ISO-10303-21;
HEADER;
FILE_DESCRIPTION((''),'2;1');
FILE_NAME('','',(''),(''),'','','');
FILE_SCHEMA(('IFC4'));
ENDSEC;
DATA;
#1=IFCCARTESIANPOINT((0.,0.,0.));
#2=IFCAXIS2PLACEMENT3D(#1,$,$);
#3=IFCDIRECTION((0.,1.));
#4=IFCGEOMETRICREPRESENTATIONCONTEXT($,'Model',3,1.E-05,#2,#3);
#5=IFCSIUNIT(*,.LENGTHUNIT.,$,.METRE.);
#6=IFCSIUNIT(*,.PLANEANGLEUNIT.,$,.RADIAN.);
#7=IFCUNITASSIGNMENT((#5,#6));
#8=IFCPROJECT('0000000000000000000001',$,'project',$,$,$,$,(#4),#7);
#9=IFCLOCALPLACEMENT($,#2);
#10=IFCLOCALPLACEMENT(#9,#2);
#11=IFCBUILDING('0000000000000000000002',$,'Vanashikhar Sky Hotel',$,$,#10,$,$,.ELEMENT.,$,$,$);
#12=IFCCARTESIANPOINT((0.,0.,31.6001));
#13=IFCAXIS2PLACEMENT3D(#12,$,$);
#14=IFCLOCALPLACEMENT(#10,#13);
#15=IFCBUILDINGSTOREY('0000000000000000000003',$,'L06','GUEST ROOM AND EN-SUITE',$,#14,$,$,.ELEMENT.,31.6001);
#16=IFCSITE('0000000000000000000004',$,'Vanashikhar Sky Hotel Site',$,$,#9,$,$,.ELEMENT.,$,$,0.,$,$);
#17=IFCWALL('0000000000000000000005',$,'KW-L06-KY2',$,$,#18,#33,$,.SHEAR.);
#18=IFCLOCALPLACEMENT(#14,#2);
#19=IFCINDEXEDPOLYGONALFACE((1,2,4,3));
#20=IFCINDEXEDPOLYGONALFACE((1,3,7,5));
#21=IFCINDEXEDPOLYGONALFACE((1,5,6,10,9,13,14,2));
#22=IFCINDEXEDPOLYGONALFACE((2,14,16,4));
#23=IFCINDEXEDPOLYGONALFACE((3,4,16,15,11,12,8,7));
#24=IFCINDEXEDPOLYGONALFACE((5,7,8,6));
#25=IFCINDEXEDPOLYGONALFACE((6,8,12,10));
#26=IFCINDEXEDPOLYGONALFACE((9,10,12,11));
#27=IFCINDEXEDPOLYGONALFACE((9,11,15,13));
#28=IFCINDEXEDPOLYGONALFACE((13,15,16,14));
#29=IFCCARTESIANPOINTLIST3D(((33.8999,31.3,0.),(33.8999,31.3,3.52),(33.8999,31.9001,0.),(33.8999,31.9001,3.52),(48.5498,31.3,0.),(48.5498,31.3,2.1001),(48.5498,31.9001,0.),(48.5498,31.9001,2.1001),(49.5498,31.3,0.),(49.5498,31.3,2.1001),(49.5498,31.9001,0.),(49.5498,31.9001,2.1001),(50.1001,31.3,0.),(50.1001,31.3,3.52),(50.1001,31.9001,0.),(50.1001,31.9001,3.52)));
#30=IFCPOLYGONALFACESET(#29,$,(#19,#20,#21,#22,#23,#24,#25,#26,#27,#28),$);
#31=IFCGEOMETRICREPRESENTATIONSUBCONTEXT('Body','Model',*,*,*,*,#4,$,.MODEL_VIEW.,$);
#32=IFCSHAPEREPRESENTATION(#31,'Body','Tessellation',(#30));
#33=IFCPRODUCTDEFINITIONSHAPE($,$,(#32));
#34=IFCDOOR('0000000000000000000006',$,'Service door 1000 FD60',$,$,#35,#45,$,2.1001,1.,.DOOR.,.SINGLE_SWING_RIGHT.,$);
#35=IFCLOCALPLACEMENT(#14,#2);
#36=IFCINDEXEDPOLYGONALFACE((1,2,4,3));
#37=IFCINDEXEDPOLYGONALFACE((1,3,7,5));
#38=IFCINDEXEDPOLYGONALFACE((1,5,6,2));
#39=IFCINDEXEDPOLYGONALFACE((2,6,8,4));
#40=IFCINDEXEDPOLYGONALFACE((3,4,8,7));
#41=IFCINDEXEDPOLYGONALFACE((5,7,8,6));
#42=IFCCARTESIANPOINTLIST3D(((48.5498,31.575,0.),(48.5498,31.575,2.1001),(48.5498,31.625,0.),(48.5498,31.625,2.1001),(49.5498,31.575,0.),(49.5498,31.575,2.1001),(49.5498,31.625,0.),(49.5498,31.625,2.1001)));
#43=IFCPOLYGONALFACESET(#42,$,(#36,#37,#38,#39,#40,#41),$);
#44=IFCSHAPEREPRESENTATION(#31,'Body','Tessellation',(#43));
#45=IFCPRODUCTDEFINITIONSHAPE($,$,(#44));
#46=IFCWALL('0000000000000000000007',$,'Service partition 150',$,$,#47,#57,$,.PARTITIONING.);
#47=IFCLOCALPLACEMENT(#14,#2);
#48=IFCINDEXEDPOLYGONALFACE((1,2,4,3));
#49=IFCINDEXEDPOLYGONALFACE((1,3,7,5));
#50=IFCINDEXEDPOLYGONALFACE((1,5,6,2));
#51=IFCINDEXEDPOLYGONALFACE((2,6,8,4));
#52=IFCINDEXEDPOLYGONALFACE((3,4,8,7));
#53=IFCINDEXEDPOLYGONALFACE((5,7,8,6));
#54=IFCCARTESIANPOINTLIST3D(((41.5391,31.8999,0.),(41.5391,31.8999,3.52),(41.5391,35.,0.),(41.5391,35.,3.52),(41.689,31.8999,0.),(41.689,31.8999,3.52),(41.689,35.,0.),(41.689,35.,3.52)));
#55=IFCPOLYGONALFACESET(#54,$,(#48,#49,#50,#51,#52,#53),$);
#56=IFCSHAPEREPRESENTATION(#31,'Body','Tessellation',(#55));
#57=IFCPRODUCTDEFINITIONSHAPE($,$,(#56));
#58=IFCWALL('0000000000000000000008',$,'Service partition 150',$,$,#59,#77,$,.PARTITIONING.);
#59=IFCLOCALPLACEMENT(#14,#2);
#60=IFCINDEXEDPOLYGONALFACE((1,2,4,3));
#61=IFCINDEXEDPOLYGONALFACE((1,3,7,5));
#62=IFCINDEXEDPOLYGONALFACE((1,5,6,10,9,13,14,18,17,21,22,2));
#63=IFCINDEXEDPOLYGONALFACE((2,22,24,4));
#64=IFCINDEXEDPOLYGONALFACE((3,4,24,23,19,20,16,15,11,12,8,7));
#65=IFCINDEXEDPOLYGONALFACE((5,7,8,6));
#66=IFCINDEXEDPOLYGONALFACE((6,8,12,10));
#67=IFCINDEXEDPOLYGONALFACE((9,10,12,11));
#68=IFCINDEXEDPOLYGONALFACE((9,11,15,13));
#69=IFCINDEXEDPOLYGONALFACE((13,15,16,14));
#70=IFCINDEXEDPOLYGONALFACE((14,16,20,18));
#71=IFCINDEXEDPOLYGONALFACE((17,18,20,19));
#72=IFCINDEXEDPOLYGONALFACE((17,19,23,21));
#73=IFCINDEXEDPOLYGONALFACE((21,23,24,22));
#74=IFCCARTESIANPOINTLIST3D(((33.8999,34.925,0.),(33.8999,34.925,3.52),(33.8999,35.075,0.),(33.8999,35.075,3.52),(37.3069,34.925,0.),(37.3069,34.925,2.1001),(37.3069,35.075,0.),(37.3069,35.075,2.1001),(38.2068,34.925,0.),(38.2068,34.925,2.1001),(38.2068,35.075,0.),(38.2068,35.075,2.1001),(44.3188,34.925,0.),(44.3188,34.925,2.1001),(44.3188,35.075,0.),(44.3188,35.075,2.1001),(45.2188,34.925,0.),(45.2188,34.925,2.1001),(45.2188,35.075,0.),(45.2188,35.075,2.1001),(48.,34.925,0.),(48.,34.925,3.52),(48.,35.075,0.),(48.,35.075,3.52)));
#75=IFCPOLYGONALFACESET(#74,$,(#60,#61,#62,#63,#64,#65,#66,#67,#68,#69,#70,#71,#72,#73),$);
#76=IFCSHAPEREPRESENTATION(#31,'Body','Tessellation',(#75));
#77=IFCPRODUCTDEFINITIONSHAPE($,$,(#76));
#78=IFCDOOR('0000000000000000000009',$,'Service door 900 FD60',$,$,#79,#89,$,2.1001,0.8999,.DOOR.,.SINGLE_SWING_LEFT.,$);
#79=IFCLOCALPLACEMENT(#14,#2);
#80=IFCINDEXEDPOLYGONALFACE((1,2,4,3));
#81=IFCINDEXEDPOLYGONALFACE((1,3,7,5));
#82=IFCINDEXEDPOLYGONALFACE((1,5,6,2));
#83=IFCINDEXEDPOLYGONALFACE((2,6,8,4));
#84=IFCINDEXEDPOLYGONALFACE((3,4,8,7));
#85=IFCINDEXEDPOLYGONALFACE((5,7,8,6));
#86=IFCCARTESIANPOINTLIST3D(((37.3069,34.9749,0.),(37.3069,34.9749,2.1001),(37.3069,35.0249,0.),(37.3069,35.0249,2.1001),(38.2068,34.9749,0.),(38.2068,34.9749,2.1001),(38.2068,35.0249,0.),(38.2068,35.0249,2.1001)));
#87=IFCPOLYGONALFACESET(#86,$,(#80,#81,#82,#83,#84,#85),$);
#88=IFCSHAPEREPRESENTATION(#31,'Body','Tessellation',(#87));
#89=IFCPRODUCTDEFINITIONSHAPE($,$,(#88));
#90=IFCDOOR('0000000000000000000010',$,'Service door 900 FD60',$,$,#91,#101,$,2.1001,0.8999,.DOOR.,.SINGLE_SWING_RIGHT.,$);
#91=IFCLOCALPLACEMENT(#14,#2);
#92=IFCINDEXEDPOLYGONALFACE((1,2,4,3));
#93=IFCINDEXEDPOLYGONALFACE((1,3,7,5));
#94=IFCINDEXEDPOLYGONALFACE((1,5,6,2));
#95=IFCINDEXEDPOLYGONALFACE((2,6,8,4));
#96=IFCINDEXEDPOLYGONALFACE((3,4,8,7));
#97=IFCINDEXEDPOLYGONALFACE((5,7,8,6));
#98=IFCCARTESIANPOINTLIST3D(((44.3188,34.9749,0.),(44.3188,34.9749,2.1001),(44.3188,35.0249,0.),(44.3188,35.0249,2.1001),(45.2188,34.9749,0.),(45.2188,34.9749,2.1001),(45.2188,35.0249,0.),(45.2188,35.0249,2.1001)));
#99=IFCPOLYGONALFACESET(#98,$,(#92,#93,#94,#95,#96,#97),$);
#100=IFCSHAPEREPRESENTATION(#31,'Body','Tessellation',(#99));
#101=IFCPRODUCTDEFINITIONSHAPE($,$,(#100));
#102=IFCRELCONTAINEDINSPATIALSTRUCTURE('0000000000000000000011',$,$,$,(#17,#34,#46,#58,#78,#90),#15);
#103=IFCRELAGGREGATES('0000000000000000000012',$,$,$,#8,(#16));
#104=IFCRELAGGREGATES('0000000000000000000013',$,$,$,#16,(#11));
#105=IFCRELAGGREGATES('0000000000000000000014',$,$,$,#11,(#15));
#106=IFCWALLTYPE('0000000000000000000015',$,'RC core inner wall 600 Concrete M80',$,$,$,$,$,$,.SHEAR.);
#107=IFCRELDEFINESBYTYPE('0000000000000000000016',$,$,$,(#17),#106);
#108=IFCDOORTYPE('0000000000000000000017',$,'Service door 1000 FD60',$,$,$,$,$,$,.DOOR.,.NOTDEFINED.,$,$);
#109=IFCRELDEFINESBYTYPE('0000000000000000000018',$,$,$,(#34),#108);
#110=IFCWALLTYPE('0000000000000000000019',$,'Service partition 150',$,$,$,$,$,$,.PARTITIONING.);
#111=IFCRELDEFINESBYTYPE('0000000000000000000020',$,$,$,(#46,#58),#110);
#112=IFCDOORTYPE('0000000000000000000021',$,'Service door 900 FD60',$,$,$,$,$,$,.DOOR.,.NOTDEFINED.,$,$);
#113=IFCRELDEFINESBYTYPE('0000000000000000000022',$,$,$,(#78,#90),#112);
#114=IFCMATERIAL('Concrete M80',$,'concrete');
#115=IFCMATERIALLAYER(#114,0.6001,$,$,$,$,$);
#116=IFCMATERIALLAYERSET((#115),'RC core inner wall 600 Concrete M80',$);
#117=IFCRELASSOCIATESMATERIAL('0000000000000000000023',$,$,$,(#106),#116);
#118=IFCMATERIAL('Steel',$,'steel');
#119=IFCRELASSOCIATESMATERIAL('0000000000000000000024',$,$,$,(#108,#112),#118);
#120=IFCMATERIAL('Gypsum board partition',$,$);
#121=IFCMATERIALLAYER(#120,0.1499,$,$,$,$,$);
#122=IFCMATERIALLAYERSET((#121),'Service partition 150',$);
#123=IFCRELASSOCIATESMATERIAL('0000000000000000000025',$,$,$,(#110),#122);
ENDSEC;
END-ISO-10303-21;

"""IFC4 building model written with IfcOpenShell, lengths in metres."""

from ifc_helpers import new_model, si_unit, direction, frame, frame_2d, origin, place, context, subcontext, project, spatial, rectangle, extrude, source, transform, mapped, material, layer, layer_set, type_object, element, fill, save


model = new_model("IFC4")

# Units and contexts
model_context = context("Model", 3, precision=1e-05, world=origin(), true_north=direction((0.0, 1.0)))
body_context = subcontext(model_context, "Body", "Model", "MODEL_VIEW")
ifc_project = project(units=[si_unit("LENGTHUNIT", "METRE"), si_unit("PLANEANGLEUNIT", "RADIAN")], contexts=[model_context])

# Site, building, storey
site_placement = place(None, origin())
site = spatial("IfcSite", under=ifc_project, at=site_placement, Name="Vanashikhar Sky Hotel Site", CompositionType="ELEMENT", RefElevation=0.0)
building_placement = place(site_placement, origin())
building = spatial("IfcBuilding", under=site, at=building_placement, Name="Vanashikhar Sky Hotel", CompositionType="ELEMENT")
storey_placement = place(building_placement, frame((0.0, 0.0, 31.6001)))
storey = spatial("IfcBuildingStorey", under=building, at=storey_placement, Name="L06", Description="GUEST ROOM AND EN-SUITE", CompositionType="ELEMENT", Elevation=31.6001)

# Wall, opening, door
ifc_material_1 = material(Name="Concrete M80", Category="concrete")
ifc_layer_1 = layer(ifc_material_1, 0.6001)
ifc_layer_set_1 = layer_set([ifc_layer_1], Name="RC core inner wall 600 Concrete M80")
wall_type_1 = type_object("IfcWallType", Name="RC core inner wall 600 Concrete M80", PredefinedType="SHEAR", material=ifc_layer_set_1)
shared_shape_1 = source(origin(), body_context, "Body", "SweptSolid", [
    extrude(rectangle(XDim=16.2002, YDim=0.6001, at=frame_2d((8.1001, 0.0))), origin(), (0.0, 0.0, 1.0), 3.52),
])
wall_1_placement = place(storey_placement, frame((33.8999, 31.6001, 0.0), z_axis=(0.0, 0.0, 1.0), x_axis=(1.0, 0.0, 0.0)))
wall_1 = element("IfcWall", 1, at=wall_1_placement, inside=storey, type_object=wall_type_1, Name="KW-L06-KY2", PredefinedType="SHEAR", context=body_context, shape_type="MappedRepresentation", body=[
    mapped(shared_shape_1, transform((0.0, 0.0, 0.0), scale=1.0)),
])
shared_shape_2 = source(origin(), body_context, "Body", "SweptSolid", [
    extrude(rectangle(XDim=1.0, YDim=2.1001, at=frame_2d((0.5, 1.05))), frame((0.0, 0.3101, 0.0), z_axis=(0.0, -1.0, 0.0), x_axis=(1.0, 0.0, 0.0)), (0.0, 0.0, 1.0), 0.6201),
])
opening_1_placement = place(wall_1_placement, frame((14.6499, 0.0, 0.0)))
opening_1 = element("IfcOpeningElement", 2, at=opening_1_placement, cuts=wall_1, PredefinedType="OPENING", context=body_context, shape_type="MappedRepresentation", body=[
    mapped(shared_shape_2, transform((0.0, 0.0, 0.0), scale=1.0)),
])
ifc_material_2 = material(Name="Steel", Category="steel")
door_type_1 = type_object("IfcDoorType", Name="Service door 1000 FD60", OperationType="NOTDEFINED", PredefinedType="DOOR", material=ifc_material_2)
shared_shape_3 = source(origin(), body_context, "Body", "SweptSolid", [
    extrude(rectangle(XDim=1.0, YDim=2.1001, at=frame_2d((0.5, 1.05))), frame((0.0, 0.0249, 0.0), z_axis=(0.0, -1.0, 0.0), x_axis=(1.0, 0.0, 0.0)), (0.0, 0.0, 1.0), 0.05),
])
door_1_placement = place(opening_1_placement, origin())
door_1 = element("IfcDoor", 3, at=door_1_placement, inside=storey, type_object=door_type_1, Name="Service door 1000 FD60", OperationType="SINGLE_SWING_RIGHT", OverallHeight=2.1001, OverallWidth=1.0, PredefinedType="DOOR", context=body_context, shape_type="MappedRepresentation", body=[
    mapped(shared_shape_3, transform((0.0, 0.0, 0.0), scale=1.0)),
])
fill(opening_1, door_1)

# Wall
ifc_material_3 = material(Name="Gypsum board partition")
ifc_layer_2 = layer(ifc_material_3, 0.1499)
ifc_layer_set_2 = layer_set([ifc_layer_2], Name="Service partition 150")
wall_type_2 = type_object("IfcWallType", Name="Service partition 150", PredefinedType="PARTITIONING", material=ifc_layer_set_2)
shared_shape_4 = source(origin(), body_context, "Body", "SweptSolid", [
    extrude(rectangle(XDim=3.1001, YDim=0.1499, at=frame_2d((1.55, 0.0))), origin(), (0.0, 0.0, 1.0), 3.52),
])
wall_2_placement = place(storey_placement, frame((41.614, 31.8999, 0.0), z_axis=(0.0, 0.0, 1.0), x_axis=(0.0, 1.0, 0.0)))
element("IfcWall", 4, at=wall_2_placement, inside=storey, type_object=wall_type_2, Name="Service partition 150", PredefinedType="PARTITIONING", context=body_context, shape_type="MappedRepresentation", body=[
    mapped(shared_shape_4, transform((0.0, 0.0, 0.0), scale=1.0)),
])

# Wall, openings, doors
shared_shape_5 = source(origin(), body_context, "Body", "SweptSolid", [
    extrude(rectangle(XDim=14.1001, YDim=0.1499, at=frame_2d((7.05, 0.0))), origin(), (0.0, 0.0, 1.0), 3.52),
])
wall_3_placement = place(storey_placement, frame((33.8999, 35.0, 0.0), z_axis=(0.0, 0.0, 1.0), x_axis=(1.0, 0.0, 0.0)))
wall_3 = element("IfcWall", 5, at=wall_3_placement, inside=storey, type_object=wall_type_2, Name="Service partition 150", PredefinedType="PARTITIONING", context=body_context, shape_type="MappedRepresentation", body=[
    mapped(shared_shape_5, transform((0.0, 0.0, 0.0), scale=1.0)),
])
shared_shape_6 = source(origin(), body_context, "Body", "SweptSolid", [
    extrude(rectangle(XDim=0.8999, YDim=2.1001, at=frame_2d((0.45, 1.05))), frame((0.0, 0.085, 0.0), z_axis=(0.0, -1.0, 0.0), x_axis=(1.0, 0.0, 0.0)), (0.0, 0.0, 1.0), 0.1699),
])
opening_2_placement = place(wall_3_placement, frame((3.407, 0.0, 0.0)))
opening_2 = element("IfcOpeningElement", 6, at=opening_2_placement, cuts=wall_3, PredefinedType="OPENING", context=body_context, shape_type="MappedRepresentation", body=[
    mapped(shared_shape_6, transform((0.0, 0.0, 0.0), scale=1.0)),
])
opening_3_placement = place(wall_3_placement, frame((10.4189, 0.0, 0.0)))
opening_3 = element("IfcOpeningElement", 7, at=opening_3_placement, cuts=wall_3, PredefinedType="OPENING", context=body_context, shape_type="MappedRepresentation", body=[
    mapped(shared_shape_6, transform((0.0, 0.0, 0.0), scale=1.0)),
])
door_type_2 = type_object("IfcDoorType", Name="Service door 900 FD60", OperationType="NOTDEFINED", PredefinedType="DOOR", material=ifc_material_2)
shared_shape_7 = source(origin(), body_context, "Body", "SweptSolid", [
    extrude(rectangle(XDim=0.8999, YDim=2.1001, at=frame_2d((0.45, 1.05))), frame((0.0, 0.0249, 0.0), z_axis=(0.0, -1.0, 0.0), x_axis=(1.0, 0.0, 0.0)), (0.0, 0.0, 1.0), 0.05),
])
door_2_placement = place(opening_2_placement, origin())
door_2 = element("IfcDoor", 8, at=door_2_placement, inside=storey, type_object=door_type_2, Name="Service door 900 FD60", OperationType="SINGLE_SWING_LEFT", OverallHeight=2.1001, OverallWidth=0.8999, PredefinedType="DOOR", context=body_context, shape_type="MappedRepresentation", body=[
    mapped(shared_shape_7, transform((0.0, 0.0, 0.0), scale=1.0)),
])
fill(opening_2, door_2)
door_3_placement = place(opening_3_placement, origin())
door_3 = element("IfcDoor", 9, at=door_3_placement, inside=storey, type_object=door_type_2, Name="Service door 900 FD60", OperationType="SINGLE_SWING_RIGHT", OverallHeight=2.1001, OverallWidth=0.8999, PredefinedType="DOOR", context=body_context, shape_type="MappedRepresentation", body=[
    mapped(shared_shape_7, transform((0.0, 0.0, 0.0), scale=1.0)),
])
fill(opening_3, door_3)

save(model, "model.ifc")
